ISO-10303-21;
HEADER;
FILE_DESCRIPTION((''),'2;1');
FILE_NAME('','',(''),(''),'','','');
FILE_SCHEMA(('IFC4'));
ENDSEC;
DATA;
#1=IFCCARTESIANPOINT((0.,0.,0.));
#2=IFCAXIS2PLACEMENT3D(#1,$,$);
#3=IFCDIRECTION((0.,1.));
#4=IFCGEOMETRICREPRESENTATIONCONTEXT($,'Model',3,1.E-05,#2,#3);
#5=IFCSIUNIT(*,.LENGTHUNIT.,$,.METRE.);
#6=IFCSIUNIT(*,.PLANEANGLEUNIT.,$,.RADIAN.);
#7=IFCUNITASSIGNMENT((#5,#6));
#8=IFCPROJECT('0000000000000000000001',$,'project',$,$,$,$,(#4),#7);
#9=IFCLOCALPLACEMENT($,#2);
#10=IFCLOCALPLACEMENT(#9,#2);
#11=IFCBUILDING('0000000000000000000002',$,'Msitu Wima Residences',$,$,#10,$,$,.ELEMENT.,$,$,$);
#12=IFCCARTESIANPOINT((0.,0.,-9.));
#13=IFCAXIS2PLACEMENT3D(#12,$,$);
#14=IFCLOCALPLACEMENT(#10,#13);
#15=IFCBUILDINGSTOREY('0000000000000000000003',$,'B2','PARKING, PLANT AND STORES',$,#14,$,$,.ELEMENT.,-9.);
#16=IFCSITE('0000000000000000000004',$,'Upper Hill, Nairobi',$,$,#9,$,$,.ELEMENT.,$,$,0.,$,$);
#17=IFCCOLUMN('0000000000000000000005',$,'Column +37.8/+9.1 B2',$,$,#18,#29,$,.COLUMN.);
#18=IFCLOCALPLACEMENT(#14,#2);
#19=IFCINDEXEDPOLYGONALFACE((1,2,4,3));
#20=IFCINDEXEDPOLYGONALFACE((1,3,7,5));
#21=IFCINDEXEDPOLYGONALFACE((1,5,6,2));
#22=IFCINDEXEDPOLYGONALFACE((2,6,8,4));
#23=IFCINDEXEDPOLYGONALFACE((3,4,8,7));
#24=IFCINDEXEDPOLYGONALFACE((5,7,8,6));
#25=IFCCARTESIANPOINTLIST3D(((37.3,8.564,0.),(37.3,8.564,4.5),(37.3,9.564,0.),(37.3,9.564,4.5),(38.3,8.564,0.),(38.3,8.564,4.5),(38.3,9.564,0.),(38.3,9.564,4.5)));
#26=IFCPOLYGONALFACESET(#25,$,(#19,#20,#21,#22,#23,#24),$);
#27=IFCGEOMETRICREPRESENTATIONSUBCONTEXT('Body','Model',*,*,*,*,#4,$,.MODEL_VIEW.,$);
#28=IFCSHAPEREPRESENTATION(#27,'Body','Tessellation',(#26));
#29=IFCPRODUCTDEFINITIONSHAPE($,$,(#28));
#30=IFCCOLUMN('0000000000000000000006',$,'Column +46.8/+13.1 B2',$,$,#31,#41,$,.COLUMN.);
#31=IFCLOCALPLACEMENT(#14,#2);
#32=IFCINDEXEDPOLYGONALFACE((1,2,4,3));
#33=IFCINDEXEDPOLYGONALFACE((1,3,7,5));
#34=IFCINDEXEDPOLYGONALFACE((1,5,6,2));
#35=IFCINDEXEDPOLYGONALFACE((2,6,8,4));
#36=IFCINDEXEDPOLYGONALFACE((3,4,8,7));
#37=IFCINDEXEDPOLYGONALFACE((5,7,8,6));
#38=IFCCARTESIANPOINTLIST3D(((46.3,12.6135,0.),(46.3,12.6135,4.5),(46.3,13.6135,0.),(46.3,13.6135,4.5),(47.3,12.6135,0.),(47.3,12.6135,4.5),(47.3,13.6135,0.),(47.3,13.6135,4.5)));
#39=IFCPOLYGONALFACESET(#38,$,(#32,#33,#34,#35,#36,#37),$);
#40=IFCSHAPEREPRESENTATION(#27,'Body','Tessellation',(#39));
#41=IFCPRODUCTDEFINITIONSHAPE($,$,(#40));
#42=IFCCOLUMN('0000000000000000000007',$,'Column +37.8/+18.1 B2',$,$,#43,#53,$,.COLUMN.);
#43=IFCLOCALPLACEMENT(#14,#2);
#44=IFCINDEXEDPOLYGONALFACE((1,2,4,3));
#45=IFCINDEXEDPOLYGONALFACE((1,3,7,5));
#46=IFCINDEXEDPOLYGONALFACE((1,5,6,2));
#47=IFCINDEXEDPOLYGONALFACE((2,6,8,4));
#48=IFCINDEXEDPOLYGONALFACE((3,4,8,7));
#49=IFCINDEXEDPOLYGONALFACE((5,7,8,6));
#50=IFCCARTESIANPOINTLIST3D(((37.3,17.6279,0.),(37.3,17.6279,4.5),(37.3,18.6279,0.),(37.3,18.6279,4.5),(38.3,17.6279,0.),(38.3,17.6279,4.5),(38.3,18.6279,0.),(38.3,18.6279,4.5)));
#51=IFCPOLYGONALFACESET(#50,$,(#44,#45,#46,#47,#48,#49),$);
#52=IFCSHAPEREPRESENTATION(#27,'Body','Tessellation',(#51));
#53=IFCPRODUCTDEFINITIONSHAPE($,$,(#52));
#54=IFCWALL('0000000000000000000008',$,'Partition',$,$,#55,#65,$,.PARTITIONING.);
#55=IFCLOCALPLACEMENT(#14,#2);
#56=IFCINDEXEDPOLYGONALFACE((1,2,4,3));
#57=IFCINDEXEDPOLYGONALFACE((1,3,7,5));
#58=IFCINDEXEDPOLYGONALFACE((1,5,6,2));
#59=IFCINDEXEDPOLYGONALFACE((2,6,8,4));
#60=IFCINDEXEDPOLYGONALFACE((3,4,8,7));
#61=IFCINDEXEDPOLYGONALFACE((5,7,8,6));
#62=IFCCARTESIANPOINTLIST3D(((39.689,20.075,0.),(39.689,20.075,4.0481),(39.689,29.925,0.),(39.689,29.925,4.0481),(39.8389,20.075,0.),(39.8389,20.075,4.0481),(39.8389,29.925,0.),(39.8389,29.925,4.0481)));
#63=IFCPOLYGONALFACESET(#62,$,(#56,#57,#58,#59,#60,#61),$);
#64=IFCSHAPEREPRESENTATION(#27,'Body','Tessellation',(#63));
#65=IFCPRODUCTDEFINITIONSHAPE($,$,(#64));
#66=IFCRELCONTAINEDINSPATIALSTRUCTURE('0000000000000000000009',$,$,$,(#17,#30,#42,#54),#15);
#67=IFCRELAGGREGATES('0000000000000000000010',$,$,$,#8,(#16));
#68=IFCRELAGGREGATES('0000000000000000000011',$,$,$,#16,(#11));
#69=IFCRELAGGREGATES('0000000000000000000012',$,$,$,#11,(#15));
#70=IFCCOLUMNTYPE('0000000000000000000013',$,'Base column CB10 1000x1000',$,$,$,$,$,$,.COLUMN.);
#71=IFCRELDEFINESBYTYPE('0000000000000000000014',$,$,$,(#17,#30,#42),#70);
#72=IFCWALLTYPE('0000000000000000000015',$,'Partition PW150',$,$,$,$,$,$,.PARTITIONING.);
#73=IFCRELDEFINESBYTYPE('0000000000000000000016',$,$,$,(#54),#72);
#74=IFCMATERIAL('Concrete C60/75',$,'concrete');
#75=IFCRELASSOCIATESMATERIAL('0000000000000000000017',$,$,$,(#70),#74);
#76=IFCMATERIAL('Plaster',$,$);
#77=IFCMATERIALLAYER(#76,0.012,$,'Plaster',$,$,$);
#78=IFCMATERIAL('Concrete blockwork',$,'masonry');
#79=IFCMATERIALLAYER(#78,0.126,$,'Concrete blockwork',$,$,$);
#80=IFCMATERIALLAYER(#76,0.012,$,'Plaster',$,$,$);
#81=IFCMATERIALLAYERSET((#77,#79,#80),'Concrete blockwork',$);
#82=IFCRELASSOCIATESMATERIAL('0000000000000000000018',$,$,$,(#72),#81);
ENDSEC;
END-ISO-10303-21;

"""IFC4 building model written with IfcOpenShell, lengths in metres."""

from ifc_helpers import new_model, si_unit, direction, frame, frame_2d, origin, origin_2d, place, context, subcontext, project, spatial, rectangle, extrude, material, layer, layer_set, material_profile, profile_set, type_object, element, save


model = new_model("IFC4")

# Units and contexts
model_context = context("Model", 3, precision=1e-05, world=origin(), true_north=direction((0.0, 1.0)))
body_context = subcontext(model_context, "Body", "Model", "MODEL_VIEW")
ifc_project = project(units=[si_unit("LENGTHUNIT", "METRE"), si_unit("PLANEANGLEUNIT", "RADIAN")], contexts=[model_context])

# Site, building, storey
site_placement = place(None, origin())
site = spatial("IfcSite", under=ifc_project, at=site_placement, Name="Upper Hill, Nairobi", CompositionType="ELEMENT", RefElevation=0.0)
building_placement = place(site_placement, origin())
building = spatial("IfcBuilding", under=site, at=building_placement, Name="Msitu Wima Residences", CompositionType="ELEMENT")
storey_placement = place(building_placement, frame((0.0, 0.0, -9.0)))
storey = spatial("IfcBuildingStorey", under=building, at=storey_placement, Name="B2", Description="PARKING, PLANT AND STORES", CompositionType="ELEMENT", Elevation=-9.0)

# Columns
ifc_material_1 = material(Name="Concrete C60/75", Category="concrete")
ifc_material_profile = material_profile(ifc_material_1, rectangle(XDim=1.0, YDim=1.0, at=origin_2d()), Name="RC 1000x1000")
ifc_profile_set = profile_set([ifc_material_profile], Name="Concrete C60/75")
column_type = type_object("IfcColumnType", Name="Base column CB10 1000x1000", PredefinedType="COLUMN", material=ifc_profile_set)
for number, where, z_axis, x_axis, name in (
    (1, (37.8, 9.064, 0.0), (0.0, 0.0, 1.0), (1.0, 0.0, 0.0), "Column +37.8/+9.1 B2"),
    (2, (46.8, 13.1135, 0.0), (0.0, 0.0, 1.0), (1.0, 0.0, 0.0), "Column +46.8/+13.1 B2"),
    (3, (37.8, 18.1279, 0.0), (0.0, 0.0, 1.0), (1.0, 0.0, 0.0), "Column +37.8/+18.1 B2"),
):
    element("IfcColumn", number, at=place(storey_placement, frame(where, z_axis=z_axis, x_axis=x_axis)), inside=storey, type_object=column_type, Name=name, PredefinedType="COLUMN", context=body_context, shape_type="SweptSolid", body=[
        extrude(rectangle(XDim=1.0, YDim=1.0, at=origin_2d()), origin(), (0.0, 0.0, 1.0), 4.5),
    ])

# Wall
ifc_material_2 = material(Name="Plaster")
ifc_layer_1 = layer(ifc_material_2, 0.012, Name="Plaster")
ifc_material_3 = material(Name="Concrete blockwork", Category="masonry")
ifc_layer_2 = layer(ifc_material_3, 0.126, Name="Concrete blockwork")
ifc_layer_3 = layer(ifc_material_2, 0.012, Name="Plaster")
ifc_layer_set = layer_set([ifc_layer_1, ifc_layer_2, ifc_layer_3], Name="Concrete blockwork")
wall_type = type_object("IfcWallType", Name="Partition PW150", PredefinedType="PARTITIONING", material=ifc_layer_set)
wall_placement = place(storey_placement, frame((39.7639, 20.075, 0.0), z_axis=(0.0, 0.0, 1.0), x_axis=(0.0, 1.0, 0.0)))
element("IfcWall", 4, at=wall_placement, inside=storey, type_object=wall_type, Name="Partition", PredefinedType="PARTITIONING", context=body_context, shape_type="SweptSolid", body=[
    extrude(rectangle(XDim=9.8501, YDim=0.1499, at=frame_2d((4.925, 0.0))), origin(), (0.0, 0.0, 1.0), 4.0481),
])

save(model, "model.ifc")
